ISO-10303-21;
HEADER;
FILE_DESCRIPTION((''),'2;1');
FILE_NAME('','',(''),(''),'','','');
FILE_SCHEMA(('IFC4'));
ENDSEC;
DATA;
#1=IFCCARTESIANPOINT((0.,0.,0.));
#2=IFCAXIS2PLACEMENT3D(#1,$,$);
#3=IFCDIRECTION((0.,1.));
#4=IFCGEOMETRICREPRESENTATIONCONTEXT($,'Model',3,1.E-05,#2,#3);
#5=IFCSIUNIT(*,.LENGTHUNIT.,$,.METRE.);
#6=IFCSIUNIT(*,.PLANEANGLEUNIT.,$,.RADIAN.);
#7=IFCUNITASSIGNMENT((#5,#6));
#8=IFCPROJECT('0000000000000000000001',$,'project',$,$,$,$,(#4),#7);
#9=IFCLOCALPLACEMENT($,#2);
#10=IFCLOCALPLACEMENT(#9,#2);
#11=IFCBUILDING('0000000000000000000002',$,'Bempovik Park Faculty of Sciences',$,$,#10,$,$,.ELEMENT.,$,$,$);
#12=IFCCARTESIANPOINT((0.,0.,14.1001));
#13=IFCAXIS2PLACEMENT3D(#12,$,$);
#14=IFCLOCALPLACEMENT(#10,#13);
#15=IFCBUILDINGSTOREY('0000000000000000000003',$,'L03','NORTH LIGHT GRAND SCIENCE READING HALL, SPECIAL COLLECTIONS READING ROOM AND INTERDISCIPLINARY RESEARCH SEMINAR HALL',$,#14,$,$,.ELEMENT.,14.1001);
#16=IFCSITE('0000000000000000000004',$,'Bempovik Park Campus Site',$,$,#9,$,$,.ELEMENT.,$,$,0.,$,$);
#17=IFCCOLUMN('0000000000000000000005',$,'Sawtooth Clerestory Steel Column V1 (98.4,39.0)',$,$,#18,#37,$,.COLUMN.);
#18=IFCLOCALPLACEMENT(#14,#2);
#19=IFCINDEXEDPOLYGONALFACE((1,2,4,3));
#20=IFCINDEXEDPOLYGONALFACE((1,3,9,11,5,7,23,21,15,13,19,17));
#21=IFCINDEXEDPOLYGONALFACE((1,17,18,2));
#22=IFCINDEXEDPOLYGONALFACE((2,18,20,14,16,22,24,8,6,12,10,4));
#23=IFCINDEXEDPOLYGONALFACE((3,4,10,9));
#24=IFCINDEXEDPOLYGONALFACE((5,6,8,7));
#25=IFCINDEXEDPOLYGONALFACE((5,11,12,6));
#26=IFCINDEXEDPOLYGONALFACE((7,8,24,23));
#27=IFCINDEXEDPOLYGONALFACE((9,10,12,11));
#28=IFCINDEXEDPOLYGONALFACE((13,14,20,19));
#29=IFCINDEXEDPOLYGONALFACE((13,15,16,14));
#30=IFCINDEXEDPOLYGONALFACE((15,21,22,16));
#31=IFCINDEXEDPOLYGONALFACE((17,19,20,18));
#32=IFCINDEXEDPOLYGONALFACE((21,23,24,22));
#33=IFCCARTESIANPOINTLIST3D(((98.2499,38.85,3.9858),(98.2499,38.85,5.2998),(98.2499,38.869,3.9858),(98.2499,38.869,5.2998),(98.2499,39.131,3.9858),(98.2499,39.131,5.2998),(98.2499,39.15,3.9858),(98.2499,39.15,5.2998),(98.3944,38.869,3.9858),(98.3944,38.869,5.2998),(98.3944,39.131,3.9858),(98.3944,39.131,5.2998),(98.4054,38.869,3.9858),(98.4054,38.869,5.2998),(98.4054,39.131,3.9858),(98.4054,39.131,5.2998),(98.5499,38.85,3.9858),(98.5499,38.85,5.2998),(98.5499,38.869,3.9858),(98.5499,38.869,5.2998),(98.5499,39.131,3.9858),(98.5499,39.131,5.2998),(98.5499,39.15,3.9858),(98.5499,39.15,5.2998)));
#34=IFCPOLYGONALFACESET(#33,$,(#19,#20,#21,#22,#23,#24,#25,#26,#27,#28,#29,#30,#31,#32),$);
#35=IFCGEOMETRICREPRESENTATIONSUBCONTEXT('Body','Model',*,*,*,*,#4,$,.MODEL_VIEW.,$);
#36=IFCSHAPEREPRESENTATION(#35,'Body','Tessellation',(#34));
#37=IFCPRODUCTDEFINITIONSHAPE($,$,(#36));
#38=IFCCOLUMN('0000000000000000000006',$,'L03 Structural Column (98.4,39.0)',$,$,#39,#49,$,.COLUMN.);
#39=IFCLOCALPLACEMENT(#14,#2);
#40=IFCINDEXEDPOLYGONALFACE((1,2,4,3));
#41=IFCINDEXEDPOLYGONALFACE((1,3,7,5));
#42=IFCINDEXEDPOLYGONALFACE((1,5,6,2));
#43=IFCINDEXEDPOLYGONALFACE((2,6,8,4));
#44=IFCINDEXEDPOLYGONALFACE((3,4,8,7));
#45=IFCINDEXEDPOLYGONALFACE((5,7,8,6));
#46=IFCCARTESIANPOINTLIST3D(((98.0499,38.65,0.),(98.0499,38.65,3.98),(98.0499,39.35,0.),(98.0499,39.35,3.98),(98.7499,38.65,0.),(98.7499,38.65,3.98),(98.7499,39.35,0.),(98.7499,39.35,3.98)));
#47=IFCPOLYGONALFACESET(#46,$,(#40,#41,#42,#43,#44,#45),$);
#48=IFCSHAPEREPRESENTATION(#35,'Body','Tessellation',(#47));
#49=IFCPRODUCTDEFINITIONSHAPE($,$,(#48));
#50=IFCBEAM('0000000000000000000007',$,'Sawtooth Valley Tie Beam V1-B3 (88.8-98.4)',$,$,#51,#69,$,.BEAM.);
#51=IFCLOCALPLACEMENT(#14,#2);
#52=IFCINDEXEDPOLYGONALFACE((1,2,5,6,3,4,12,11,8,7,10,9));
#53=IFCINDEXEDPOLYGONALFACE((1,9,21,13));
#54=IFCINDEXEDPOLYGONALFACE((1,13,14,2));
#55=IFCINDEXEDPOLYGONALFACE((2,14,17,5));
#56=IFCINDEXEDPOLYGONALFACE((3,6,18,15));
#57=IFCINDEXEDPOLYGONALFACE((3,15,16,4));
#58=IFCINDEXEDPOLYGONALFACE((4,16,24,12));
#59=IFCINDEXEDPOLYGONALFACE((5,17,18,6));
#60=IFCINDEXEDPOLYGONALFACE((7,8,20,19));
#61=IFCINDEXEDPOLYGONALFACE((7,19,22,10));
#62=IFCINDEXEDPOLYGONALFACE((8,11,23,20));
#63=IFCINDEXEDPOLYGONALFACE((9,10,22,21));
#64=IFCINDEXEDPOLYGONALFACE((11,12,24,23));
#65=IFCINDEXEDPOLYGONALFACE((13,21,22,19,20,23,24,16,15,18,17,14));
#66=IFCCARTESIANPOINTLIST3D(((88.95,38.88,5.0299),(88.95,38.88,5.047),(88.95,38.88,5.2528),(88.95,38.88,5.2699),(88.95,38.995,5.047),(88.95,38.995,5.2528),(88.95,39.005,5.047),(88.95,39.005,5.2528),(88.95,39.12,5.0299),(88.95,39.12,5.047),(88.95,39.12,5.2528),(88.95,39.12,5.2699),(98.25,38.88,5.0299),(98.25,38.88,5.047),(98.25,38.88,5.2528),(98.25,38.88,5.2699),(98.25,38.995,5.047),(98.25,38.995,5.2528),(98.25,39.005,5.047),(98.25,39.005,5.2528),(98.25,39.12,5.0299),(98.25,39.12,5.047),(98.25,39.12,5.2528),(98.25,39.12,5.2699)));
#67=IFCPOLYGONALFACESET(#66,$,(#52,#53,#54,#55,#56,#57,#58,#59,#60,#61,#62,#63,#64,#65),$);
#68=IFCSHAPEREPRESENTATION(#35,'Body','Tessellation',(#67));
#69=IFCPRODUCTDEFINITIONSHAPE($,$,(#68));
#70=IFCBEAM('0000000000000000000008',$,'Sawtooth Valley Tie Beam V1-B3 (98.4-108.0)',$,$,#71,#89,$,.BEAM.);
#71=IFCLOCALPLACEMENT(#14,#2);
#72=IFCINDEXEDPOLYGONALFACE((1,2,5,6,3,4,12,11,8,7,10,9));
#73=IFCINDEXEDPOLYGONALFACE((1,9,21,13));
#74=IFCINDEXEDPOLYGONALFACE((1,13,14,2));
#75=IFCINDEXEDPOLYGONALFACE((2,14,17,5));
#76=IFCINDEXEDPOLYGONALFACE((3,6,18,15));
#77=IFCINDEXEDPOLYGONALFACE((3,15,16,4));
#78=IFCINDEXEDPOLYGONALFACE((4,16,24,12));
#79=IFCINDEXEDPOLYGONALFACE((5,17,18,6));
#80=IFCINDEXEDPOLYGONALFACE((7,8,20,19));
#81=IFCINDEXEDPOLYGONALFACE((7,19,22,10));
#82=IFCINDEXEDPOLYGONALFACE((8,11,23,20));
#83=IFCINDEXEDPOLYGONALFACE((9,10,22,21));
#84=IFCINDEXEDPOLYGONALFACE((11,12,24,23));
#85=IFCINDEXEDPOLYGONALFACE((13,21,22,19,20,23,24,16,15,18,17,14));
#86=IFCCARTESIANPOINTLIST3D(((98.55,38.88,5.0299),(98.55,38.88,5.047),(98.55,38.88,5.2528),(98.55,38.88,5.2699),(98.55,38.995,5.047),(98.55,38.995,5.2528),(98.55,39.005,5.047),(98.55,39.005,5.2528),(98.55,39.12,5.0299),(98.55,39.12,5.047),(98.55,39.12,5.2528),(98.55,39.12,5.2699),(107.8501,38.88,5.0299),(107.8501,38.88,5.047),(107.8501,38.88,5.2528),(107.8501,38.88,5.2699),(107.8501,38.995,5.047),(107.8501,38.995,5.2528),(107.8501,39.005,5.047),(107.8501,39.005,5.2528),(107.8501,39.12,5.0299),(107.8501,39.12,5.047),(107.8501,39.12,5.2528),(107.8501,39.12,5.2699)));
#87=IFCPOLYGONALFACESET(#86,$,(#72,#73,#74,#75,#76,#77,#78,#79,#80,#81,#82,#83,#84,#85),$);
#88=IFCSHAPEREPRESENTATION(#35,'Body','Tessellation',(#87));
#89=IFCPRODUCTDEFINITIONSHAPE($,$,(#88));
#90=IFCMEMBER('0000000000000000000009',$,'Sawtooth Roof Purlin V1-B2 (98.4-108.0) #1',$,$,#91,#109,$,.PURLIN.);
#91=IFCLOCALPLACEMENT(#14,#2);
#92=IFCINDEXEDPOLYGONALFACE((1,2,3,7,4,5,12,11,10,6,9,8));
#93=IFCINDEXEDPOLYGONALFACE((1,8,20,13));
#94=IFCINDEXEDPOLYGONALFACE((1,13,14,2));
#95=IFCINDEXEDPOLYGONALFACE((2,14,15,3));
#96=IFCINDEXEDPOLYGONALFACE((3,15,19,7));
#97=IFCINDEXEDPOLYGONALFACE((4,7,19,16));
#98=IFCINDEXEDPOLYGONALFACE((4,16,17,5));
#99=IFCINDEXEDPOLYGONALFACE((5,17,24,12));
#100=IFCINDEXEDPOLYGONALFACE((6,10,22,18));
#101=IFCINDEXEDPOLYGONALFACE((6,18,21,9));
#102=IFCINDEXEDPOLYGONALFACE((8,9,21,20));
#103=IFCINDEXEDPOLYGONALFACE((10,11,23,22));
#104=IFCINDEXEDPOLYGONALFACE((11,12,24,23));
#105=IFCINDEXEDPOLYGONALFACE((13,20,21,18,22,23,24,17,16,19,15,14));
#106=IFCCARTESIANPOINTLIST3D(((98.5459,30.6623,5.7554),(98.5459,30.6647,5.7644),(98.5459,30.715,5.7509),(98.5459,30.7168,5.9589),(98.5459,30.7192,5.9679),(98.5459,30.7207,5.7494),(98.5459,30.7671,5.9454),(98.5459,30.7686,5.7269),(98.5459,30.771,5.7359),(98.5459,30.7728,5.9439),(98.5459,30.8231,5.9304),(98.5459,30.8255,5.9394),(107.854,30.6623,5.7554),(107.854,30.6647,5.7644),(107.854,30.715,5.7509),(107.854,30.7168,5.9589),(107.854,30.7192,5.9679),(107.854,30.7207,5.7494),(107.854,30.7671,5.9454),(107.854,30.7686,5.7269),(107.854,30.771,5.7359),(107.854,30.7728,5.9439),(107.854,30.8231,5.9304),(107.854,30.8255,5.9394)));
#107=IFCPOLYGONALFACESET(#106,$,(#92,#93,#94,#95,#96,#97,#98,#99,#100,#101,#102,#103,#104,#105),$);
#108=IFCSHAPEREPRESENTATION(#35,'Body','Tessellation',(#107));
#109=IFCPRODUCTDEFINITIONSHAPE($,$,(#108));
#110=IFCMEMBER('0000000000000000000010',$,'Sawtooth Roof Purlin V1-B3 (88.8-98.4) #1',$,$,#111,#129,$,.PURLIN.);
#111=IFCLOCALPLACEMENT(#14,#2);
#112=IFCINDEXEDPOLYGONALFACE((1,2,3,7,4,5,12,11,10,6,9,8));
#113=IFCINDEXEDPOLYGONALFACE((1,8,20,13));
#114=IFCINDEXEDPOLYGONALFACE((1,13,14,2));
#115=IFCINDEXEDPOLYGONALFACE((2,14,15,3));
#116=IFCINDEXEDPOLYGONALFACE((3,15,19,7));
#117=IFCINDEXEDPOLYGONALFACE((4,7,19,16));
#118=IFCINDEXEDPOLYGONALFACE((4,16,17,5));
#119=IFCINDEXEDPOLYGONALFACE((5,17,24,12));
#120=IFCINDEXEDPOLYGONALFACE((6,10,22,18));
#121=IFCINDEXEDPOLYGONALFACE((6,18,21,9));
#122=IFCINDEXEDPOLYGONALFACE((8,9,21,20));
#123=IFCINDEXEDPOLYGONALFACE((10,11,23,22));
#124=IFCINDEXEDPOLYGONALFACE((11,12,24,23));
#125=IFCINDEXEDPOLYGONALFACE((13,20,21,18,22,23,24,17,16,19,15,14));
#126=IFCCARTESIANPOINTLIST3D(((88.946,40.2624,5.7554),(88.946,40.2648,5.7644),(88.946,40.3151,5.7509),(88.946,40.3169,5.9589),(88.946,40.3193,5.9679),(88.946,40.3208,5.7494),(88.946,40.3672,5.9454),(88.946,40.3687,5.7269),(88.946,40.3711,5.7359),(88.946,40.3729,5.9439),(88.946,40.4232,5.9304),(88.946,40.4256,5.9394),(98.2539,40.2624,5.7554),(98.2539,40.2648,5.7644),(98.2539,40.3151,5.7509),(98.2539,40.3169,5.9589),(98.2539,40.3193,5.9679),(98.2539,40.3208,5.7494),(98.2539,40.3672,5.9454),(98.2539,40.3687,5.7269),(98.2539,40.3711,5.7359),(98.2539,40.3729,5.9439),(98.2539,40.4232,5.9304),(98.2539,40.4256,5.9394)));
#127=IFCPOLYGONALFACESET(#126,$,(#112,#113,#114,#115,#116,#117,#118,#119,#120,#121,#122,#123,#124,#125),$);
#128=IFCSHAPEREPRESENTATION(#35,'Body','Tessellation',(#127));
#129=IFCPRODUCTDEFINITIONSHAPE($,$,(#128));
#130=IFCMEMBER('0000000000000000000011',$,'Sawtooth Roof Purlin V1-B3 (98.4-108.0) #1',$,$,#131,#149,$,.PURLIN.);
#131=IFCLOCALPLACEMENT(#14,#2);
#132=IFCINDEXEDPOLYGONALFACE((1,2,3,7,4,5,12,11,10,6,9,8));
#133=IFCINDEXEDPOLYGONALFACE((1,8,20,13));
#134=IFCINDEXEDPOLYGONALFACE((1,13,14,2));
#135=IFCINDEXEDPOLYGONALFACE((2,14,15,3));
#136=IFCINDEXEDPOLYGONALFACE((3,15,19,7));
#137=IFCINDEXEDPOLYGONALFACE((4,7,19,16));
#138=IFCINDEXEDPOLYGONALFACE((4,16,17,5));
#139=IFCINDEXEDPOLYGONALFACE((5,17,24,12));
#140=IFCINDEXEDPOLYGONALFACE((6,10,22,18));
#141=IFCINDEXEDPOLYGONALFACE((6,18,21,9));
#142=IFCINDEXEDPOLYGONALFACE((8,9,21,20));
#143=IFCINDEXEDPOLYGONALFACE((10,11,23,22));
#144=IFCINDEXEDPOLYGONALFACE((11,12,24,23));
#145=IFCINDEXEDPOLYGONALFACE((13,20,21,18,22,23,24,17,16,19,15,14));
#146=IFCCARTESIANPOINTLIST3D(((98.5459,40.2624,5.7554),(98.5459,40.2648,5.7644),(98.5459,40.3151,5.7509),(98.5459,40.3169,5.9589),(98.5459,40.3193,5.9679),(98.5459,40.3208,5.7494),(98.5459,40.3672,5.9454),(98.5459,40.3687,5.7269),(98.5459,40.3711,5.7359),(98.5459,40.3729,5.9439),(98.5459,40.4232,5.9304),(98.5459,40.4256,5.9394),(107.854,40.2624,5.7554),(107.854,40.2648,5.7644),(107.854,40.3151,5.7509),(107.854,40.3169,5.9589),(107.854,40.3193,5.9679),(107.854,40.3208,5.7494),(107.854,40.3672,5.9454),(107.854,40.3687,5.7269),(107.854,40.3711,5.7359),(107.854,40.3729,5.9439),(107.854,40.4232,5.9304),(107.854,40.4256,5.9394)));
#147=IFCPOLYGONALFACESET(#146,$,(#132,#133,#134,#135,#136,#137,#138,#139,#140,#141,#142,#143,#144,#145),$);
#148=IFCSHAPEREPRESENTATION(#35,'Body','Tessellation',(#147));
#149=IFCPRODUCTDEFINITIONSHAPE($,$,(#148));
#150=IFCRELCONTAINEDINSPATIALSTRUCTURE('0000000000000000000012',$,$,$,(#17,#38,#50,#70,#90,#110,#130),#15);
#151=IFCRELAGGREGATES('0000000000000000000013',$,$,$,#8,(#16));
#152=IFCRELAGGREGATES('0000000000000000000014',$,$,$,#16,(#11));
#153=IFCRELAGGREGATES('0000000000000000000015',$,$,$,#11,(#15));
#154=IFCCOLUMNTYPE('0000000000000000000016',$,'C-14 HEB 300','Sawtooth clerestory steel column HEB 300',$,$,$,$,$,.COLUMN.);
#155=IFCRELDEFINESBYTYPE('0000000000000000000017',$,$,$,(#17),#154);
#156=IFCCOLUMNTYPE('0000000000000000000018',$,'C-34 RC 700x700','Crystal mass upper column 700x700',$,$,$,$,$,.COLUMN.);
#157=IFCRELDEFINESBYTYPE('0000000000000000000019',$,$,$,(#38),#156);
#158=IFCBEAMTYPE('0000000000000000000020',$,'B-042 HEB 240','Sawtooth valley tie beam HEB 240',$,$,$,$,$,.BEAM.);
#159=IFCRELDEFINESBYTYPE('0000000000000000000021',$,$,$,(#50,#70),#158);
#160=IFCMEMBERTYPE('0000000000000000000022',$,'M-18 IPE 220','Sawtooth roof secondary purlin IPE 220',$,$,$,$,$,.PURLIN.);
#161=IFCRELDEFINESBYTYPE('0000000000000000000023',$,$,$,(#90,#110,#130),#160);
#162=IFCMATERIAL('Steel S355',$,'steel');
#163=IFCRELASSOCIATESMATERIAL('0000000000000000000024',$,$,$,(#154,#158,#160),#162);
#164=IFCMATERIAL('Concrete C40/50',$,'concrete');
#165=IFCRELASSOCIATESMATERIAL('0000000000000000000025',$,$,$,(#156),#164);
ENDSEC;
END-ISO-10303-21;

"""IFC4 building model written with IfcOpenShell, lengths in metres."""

from ifc_helpers import new_model, si_unit, direction, frame, origin, origin_2d, place, context, subcontext, project, spatial, rectangle, i_section, extrude, material, material_profile, profile_set, type_object, element, save


model = new_model("IFC4")

# Units and contexts
model_context = context("Model", 3, precision=1e-05, world=origin(), true_north=direction((0.0, 1.0)))
body_context = subcontext(model_context, "Body", "Model", "MODEL_VIEW")
ifc_project = project(units=[si_unit("LENGTHUNIT", "METRE"), si_unit("PLANEANGLEUNIT", "RADIAN")], contexts=[model_context])

# Site, building, storey
site_placement = place(None, origin())
site = spatial("IfcSite", under=ifc_project, at=site_placement, Name="Bempovik Park Campus Site", CompositionType="ELEMENT", RefElevation=0.0)
building_placement = place(site_placement, origin())
building = spatial("IfcBuilding", under=site, at=building_placement, Name="Bempovik Park Faculty of Sciences", CompositionType="ELEMENT")
storey_placement = place(building_placement, frame((0.0, 0.0, 14.1001)))
storey = spatial("IfcBuildingStorey", under=building, at=storey_placement, Name="L03", Description="NORTH LIGHT GRAND SCIENCE READING HALL, SPECIAL COLLECTIONS READING ROOM AND INTERDISCIPLINARY RESEARCH SEMINAR HALL", CompositionType="ELEMENT", Elevation=14.1001)

# Columns
ifc_material_1 = material(Name="Steel S355", Category="steel")
ifc_material_profile_1 = material_profile(ifc_material_1, i_section(OverallWidth=0.3, OverallDepth=0.3, WebThickness=0.011, FlangeThickness=0.019, at=origin_2d()), Name="HEB 300")
ifc_profile_set_1 = profile_set([ifc_material_profile_1], Name="Steel S355")
column_type_1 = type_object("IfcColumnType", Name="C-14 HEB 300", Description="Sawtooth clerestory steel column HEB 300", PredefinedType="COLUMN", material=ifc_profile_set_1)
column_1_placement = place(storey_placement, frame((98.3999, 39.0, 3.9858), z_axis=(0.0, 0.0, 1.0), x_axis=(1.0, 0.0, 0.0)))
element("IfcColumn", 1, at=column_1_placement, inside=storey, type_object=column_type_1, Name="Sawtooth Clerestory Steel Column V1 (98.4,39.0)", PredefinedType="COLUMN", context=body_context, shape_type="SweptSolid", body=[
    extrude(i_section(OverallWidth=0.3, OverallDepth=0.3, WebThickness=0.011, FlangeThickness=0.019, at=origin_2d()), origin(), (0.0, 0.0, 1.0), 1.314),
])
ifc_material_2 = material(Name="Concrete C40/50", Category="concrete")
ifc_material_profile_2 = material_profile(ifc_material_2, rectangle(XDim=0.7, YDim=0.7, at=origin_2d()), Name="RC 700x700")
ifc_profile_set_2 = profile_set([ifc_material_profile_2], Name="Concrete C40/50")
column_type_2 = type_object("IfcColumnType", Name="C-34 RC 700x700", Description="Crystal mass upper column 700x700", PredefinedType="COLUMN", material=ifc_profile_set_2)
column_2_placement = place(storey_placement, frame((98.3999, 39.0, 0.0), z_axis=(0.0, 0.0, 1.0), x_axis=(1.0, 0.0, 0.0)))
element("IfcColumn", 2, at=column_2_placement, inside=storey, type_object=column_type_2, Name="L03 Structural Column (98.4,39.0)", PredefinedType="COLUMN", context=body_context, shape_type="SweptSolid", body=[
    extrude(rectangle(XDim=0.7, YDim=0.7, at=origin_2d()), origin(), (0.0, 0.0, 1.0), 3.98),
])

# Beams
ifc_material_profile_3 = material_profile(ifc_material_1, i_section(OverallWidth=0.24, OverallDepth=0.24, WebThickness=0.01, FlangeThickness=0.0171, at=origin_2d()), Name="HEB 240")
ifc_profile_set_3 = profile_set([ifc_material_profile_3], Name="Steel S355")
beam_type = type_object("IfcBeamType", Name="B-042 HEB 240", Description="Sawtooth valley tie beam HEB 240", PredefinedType="BEAM", material=ifc_profile_set_3)
for number, where, z_axis, x_axis, name in (
    (3, (88.95, 39.0, 5.1499), (1.0, 0.0, 0.0), (0.0, 1.0, 0.0), "Sawtooth Valley Tie Beam V1-B3 (88.8-98.4)"),
    (4, (98.55, 39.0, 5.1499), (1.0, 0.0, 0.0), (0.0, 1.0, 0.0), "Sawtooth Valley Tie Beam V1-B3 (98.4-108.0)"),
):
    element("IfcBeam", number, at=place(storey_placement, frame(where, z_axis=z_axis, x_axis=x_axis)), inside=storey, type_object=beam_type, Name=name, PredefinedType="BEAM", context=body_context, shape_type="SweptSolid", body=[
        extrude(i_section(OverallWidth=0.24, OverallDepth=0.24, WebThickness=0.01, FlangeThickness=0.0171, at=origin_2d()), origin(), (0.0, 0.0, 1.0), 9.3),
    ])

# Members
ifc_material_profile_4 = material_profile(ifc_material_1, i_section(OverallWidth=0.1101, OverallDepth=0.22, WebThickness=0.0059, FlangeThickness=0.0093, at=origin_2d()), Name="IPE 220")
ifc_profile_set_4 = profile_set([ifc_material_profile_4], Name="Steel S355")
member_type_1 = type_object("IfcMemberType", Name="M-18 IPE 220", Description="Sawtooth roof secondary purlin IPE 220", PredefinedType="PURLIN", material=ifc_profile_set_4)
member_1_placement = place(storey_placement, frame((98.5459, 30.7439, 5.8474), z_axis=(1.0, 0.0, 0.0), x_axis=(0.0, 0.965926, -0.258819)))
element("IfcMember", 5, at=member_1_placement, inside=storey, type_object=member_type_1, Name="Sawtooth Roof Purlin V1-B2 (98.4-108.0) #1", PredefinedType="PURLIN", context=body_context, shape_type="SweptSolid", body=[
    extrude(i_section(OverallWidth=0.1101, OverallDepth=0.22, WebThickness=0.0059, FlangeThickness=0.0093, at=origin_2d()), origin(), (0.0, 0.0, 1.0), 9.3081),
])
member_2_placement = place(storey_placement, frame((88.946, 40.344, 5.8474), z_axis=(1.0, 0.0, 0.0), x_axis=(0.0, 0.965926, -0.258819)))
element("IfcMember", 6, at=member_2_placement, inside=storey, type_object=member_type_1, Name="Sawtooth Roof Purlin V1-B3 (88.8-98.4) #1", PredefinedType="PURLIN", context=body_context, shape_type="SweptSolid", body=[
    extrude(i_section(OverallWidth=0.1101, OverallDepth=0.22, WebThickness=0.0059, FlangeThickness=0.0093, at=origin_2d()), origin(), (0.0, 0.0, 1.0), 9.3079),
])
member_3_placement = place(storey_placement, frame((98.5459, 40.344, 5.8474), z_axis=(1.0, 0.0, 0.0), x_axis=(0.0, 0.965926, -0.258819)))
element("IfcMember", 7, at=member_3_placement, inside=storey, type_object=member_type_1, Name="Sawtooth Roof Purlin V1-B3 (98.4-108.0) #1", PredefinedType="PURLIN", context=body_context, shape_type="SweptSolid", body=[
    extrude(i_section(OverallWidth=0.1101, OverallDepth=0.22, WebThickness=0.0059, FlangeThickness=0.0093, at=origin_2d()), origin(), (0.0, 0.0, 1.0), 9.3081),
])

save(model, "model.ifc")
